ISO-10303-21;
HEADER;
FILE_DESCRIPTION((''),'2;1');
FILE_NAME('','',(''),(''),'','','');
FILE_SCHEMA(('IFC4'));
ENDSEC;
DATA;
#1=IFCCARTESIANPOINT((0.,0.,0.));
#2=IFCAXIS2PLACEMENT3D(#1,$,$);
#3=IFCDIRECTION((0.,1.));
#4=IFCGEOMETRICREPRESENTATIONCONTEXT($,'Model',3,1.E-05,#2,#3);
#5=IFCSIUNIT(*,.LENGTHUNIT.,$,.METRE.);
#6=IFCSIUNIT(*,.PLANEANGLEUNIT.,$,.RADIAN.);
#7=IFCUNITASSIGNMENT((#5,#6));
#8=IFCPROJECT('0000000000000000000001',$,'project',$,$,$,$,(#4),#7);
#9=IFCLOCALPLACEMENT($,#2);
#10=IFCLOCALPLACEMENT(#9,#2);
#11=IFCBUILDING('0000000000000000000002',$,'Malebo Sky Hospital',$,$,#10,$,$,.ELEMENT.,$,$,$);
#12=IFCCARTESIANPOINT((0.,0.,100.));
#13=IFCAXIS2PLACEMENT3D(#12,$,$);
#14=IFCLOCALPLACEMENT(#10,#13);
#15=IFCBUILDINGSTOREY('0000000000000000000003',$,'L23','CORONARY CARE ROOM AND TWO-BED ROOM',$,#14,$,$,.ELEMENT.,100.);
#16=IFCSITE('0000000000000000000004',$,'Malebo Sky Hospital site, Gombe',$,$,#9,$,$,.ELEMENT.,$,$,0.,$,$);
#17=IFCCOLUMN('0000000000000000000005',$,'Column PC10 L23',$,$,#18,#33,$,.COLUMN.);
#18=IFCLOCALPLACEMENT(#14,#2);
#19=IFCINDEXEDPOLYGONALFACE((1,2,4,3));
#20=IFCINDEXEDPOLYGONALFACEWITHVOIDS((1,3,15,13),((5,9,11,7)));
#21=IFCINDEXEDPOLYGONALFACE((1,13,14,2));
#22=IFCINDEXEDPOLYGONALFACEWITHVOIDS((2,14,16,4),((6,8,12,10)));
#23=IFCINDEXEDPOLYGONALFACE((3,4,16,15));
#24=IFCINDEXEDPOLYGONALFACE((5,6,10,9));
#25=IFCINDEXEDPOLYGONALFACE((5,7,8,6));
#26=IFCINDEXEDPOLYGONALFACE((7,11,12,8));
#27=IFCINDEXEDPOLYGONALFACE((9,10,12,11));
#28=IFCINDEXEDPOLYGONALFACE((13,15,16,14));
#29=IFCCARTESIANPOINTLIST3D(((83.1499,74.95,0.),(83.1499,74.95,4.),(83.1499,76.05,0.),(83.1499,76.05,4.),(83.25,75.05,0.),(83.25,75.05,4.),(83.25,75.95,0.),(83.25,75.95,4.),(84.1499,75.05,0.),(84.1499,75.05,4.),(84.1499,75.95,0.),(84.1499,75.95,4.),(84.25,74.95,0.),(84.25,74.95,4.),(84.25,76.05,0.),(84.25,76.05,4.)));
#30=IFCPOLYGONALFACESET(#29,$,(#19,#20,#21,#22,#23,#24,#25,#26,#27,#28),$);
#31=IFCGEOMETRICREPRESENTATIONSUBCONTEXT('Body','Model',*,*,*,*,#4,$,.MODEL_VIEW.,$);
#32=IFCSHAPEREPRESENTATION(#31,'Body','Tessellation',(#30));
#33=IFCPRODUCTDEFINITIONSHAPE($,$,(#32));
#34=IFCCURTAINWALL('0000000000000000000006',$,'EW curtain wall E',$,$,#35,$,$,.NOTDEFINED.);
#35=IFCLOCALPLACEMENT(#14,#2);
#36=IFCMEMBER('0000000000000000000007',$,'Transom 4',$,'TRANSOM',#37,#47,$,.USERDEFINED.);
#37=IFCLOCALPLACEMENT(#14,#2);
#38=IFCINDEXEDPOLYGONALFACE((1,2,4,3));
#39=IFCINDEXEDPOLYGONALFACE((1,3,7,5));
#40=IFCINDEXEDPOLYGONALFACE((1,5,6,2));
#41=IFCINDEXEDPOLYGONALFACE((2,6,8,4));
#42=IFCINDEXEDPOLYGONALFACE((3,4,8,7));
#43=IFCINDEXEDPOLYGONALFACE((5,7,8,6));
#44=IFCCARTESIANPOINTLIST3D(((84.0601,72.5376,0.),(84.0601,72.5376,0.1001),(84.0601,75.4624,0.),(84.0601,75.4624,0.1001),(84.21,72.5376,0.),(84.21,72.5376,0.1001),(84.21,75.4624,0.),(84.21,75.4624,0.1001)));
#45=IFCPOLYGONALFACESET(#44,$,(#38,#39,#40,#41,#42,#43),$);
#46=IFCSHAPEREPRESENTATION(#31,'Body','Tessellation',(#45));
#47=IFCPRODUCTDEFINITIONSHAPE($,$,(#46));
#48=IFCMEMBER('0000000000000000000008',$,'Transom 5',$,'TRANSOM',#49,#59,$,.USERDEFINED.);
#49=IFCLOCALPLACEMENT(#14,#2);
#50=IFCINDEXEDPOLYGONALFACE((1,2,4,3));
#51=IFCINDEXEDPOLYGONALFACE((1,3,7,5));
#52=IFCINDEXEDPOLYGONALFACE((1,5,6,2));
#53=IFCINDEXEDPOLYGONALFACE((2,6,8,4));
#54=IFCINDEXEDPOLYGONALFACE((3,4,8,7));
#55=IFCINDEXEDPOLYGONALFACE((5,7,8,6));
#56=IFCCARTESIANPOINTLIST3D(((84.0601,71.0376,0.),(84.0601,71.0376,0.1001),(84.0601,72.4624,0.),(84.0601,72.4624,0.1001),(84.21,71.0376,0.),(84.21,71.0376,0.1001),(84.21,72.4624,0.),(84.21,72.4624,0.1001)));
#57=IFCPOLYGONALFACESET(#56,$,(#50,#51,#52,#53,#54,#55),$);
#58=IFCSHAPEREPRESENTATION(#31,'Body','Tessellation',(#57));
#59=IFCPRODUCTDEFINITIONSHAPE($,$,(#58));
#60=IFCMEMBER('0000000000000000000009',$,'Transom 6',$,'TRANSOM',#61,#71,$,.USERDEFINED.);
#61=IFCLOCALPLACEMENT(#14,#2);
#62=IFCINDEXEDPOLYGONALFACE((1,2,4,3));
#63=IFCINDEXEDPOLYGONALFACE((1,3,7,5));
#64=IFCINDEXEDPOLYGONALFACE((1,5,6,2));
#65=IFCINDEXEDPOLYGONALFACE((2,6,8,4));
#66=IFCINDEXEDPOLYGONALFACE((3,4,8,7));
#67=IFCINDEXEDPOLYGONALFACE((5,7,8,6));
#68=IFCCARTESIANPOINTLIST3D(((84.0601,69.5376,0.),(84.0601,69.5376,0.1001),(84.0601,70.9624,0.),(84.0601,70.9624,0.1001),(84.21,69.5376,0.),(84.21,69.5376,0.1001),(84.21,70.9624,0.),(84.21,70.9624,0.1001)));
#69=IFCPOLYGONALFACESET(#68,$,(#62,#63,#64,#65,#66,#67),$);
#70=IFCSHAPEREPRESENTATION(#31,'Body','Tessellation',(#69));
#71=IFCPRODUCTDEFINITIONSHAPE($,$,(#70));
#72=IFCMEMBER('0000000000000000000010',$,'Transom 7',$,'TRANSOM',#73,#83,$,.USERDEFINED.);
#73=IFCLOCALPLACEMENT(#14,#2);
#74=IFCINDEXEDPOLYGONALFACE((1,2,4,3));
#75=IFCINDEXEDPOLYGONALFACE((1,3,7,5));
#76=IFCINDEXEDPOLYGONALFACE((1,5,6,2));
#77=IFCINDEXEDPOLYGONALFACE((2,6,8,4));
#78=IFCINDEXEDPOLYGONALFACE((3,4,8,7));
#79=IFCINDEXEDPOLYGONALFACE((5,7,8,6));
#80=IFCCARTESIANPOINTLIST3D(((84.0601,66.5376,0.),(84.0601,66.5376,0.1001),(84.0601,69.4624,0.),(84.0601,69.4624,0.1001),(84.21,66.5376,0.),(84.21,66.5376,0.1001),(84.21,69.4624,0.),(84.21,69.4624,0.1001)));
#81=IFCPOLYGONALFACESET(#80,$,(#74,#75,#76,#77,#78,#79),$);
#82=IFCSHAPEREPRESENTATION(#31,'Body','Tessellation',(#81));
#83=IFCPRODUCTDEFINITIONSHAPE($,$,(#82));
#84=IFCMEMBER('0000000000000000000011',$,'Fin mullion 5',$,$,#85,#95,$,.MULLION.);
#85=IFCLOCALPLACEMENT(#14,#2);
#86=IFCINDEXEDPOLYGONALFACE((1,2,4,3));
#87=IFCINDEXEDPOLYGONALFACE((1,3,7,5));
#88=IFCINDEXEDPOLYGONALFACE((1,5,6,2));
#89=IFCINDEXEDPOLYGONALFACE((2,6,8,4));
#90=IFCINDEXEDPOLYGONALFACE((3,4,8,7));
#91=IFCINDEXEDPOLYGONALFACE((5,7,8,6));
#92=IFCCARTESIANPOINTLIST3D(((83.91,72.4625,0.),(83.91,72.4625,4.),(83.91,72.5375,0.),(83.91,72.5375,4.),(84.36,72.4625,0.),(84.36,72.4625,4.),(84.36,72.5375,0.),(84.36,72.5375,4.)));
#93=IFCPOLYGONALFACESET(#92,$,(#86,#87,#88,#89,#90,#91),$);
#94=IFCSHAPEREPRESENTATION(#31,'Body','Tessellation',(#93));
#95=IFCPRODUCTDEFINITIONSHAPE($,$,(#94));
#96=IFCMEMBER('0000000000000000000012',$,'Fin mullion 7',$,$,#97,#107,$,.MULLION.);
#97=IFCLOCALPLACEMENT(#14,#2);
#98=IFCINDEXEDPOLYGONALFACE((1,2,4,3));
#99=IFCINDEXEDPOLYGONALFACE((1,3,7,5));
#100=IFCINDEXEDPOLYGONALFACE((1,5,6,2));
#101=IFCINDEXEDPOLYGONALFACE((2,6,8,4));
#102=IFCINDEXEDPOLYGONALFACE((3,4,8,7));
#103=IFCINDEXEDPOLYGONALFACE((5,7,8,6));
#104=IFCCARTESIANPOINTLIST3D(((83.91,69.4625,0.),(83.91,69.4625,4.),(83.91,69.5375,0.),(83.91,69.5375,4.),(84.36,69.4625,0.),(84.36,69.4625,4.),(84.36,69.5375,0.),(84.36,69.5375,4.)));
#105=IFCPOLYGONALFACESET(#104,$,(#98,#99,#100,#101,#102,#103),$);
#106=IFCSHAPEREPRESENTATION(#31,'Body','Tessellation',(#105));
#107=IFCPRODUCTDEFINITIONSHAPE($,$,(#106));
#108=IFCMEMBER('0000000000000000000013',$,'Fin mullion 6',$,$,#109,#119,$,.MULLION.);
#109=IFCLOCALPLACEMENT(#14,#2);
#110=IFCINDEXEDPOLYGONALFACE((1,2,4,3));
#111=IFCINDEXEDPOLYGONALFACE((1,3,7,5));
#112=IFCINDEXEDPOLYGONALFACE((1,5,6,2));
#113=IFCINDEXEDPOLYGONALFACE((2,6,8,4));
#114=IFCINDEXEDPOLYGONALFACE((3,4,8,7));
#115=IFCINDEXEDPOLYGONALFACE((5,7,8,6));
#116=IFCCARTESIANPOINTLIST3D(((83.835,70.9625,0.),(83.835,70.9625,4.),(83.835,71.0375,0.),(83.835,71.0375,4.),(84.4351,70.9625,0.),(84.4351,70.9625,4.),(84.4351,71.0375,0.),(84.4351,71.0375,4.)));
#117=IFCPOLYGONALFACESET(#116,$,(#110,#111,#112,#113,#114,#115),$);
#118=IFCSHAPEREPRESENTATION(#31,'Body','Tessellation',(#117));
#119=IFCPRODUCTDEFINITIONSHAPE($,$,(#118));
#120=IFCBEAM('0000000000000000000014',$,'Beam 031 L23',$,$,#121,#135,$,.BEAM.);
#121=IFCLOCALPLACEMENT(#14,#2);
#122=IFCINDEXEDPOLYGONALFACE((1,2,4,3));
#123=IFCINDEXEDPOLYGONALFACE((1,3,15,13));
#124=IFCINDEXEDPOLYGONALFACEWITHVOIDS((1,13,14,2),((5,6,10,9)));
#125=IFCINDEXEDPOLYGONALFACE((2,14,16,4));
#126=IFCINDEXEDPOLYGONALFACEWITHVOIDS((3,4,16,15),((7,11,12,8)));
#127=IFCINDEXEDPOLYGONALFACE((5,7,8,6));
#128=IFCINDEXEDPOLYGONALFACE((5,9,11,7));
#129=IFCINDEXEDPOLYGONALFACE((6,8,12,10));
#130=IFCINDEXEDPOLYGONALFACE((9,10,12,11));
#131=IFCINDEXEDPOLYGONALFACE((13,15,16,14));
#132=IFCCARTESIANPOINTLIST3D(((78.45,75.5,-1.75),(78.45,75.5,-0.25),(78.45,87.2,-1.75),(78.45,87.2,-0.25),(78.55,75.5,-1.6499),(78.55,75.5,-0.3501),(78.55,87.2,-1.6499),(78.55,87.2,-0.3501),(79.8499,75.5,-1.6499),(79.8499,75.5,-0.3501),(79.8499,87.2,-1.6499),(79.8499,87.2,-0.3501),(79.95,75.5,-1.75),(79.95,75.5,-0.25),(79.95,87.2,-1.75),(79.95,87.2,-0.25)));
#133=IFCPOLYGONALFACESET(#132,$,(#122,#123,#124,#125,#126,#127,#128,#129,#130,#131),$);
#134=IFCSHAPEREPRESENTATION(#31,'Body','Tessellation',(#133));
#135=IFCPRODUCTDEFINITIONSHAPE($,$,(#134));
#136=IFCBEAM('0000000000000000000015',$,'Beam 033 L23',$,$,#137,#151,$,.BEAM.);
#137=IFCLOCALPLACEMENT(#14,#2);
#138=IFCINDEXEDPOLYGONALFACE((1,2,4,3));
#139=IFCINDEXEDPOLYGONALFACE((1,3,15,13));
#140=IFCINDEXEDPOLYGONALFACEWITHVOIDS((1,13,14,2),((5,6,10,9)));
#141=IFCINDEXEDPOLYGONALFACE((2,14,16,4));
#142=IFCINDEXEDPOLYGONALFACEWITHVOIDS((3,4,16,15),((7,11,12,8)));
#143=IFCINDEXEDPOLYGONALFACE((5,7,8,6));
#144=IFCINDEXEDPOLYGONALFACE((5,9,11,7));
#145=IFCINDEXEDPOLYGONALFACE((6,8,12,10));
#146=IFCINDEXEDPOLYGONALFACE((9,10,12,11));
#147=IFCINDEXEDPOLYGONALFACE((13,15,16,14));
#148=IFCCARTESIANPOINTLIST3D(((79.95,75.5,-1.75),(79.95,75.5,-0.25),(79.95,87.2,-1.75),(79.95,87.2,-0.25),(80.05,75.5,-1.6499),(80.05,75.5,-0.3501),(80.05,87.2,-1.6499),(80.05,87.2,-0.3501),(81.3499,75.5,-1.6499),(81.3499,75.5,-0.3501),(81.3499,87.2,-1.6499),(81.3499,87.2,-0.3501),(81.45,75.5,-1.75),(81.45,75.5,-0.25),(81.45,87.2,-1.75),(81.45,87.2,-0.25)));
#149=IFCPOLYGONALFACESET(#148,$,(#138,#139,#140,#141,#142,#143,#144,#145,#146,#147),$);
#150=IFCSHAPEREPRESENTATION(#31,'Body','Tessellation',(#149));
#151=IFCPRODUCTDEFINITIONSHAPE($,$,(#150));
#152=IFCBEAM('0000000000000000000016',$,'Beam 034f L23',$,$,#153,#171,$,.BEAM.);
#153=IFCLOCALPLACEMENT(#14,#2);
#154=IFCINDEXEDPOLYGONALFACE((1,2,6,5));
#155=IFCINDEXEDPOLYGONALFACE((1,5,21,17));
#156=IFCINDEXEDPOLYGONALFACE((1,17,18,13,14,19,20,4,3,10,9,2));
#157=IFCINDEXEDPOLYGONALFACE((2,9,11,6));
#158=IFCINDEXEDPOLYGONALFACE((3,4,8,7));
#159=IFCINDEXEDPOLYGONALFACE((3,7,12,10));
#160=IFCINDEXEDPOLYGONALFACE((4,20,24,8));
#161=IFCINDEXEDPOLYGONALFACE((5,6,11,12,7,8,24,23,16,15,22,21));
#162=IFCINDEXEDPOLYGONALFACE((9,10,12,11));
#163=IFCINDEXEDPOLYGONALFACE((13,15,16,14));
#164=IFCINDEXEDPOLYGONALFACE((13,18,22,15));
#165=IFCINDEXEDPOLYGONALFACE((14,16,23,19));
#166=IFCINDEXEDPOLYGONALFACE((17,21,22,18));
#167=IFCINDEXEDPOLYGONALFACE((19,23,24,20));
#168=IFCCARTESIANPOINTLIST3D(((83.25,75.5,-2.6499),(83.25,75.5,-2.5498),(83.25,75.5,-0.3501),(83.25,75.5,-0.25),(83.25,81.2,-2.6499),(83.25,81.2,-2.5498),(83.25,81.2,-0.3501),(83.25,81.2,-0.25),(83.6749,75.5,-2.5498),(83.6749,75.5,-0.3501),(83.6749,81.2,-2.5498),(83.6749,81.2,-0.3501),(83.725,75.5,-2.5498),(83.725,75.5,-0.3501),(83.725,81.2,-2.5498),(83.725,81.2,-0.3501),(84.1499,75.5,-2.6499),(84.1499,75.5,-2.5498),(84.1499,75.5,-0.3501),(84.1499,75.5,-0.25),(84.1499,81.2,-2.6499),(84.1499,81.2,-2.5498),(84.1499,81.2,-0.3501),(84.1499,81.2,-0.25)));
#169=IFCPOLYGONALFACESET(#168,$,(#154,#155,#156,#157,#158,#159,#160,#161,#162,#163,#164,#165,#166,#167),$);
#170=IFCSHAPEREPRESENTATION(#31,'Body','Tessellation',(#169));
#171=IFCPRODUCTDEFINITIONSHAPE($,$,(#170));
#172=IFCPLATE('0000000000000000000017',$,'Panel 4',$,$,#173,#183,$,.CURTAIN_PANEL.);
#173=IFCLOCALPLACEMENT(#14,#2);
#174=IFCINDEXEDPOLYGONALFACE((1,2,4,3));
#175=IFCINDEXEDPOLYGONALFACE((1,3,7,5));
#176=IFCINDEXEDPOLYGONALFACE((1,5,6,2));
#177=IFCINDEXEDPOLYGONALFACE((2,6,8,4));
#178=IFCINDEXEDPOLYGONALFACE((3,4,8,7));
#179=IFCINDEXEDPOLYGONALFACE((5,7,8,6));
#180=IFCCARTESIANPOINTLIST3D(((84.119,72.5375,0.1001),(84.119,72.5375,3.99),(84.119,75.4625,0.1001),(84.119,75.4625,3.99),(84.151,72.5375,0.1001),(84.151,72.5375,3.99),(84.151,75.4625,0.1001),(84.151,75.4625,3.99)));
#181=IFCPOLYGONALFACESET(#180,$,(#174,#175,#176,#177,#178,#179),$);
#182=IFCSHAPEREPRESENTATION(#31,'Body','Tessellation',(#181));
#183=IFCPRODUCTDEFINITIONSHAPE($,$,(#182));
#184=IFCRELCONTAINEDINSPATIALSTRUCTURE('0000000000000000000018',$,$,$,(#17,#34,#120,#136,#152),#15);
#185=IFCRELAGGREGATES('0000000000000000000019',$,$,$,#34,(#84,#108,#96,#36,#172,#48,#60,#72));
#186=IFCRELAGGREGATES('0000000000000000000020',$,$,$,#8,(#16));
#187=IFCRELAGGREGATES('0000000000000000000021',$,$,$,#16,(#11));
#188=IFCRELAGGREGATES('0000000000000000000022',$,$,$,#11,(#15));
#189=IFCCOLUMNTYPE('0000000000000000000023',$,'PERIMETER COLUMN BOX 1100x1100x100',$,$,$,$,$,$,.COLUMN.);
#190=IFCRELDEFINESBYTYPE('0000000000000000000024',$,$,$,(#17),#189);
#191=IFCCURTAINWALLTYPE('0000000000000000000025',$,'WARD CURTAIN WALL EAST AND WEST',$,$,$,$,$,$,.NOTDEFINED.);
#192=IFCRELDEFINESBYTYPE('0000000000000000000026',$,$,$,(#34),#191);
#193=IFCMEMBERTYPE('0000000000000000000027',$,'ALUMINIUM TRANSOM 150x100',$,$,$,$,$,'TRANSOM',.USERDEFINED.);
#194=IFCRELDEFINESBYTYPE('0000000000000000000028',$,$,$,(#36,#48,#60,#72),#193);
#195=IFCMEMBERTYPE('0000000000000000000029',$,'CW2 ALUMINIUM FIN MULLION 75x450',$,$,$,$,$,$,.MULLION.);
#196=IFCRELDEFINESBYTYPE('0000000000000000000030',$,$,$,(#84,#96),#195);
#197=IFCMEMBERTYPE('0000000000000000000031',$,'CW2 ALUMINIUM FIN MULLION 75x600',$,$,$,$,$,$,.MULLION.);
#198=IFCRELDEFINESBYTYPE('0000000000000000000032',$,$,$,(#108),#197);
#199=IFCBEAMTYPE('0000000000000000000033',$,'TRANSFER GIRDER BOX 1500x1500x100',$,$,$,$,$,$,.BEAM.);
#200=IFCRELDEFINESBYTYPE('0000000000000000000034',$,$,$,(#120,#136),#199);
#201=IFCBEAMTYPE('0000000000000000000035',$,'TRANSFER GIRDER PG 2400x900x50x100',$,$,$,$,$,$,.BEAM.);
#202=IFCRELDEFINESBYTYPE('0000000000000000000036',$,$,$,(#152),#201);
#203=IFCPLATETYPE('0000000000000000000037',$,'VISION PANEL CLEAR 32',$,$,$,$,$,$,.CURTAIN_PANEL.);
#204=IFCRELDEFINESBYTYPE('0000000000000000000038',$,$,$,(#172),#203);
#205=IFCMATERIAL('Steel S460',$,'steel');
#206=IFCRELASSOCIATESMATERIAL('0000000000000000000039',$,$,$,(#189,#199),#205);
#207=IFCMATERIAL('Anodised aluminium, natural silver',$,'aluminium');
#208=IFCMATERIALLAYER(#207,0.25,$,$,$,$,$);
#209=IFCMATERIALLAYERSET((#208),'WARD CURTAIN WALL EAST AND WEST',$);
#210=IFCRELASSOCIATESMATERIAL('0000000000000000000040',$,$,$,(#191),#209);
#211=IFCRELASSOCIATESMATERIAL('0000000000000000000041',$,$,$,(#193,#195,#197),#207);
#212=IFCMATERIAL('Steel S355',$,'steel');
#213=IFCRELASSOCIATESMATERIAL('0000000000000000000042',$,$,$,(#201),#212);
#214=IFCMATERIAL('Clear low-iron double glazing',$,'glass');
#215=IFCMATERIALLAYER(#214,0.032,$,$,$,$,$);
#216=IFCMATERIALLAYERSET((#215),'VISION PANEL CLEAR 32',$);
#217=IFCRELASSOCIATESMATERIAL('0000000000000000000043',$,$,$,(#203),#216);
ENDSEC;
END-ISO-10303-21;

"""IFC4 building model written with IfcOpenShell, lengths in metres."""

from ifc_helpers import new_model, si_unit, direction, frame, origin, origin_2d, place, context, subcontext, project, spatial, rectangle, hollow_rectangle, i_section, extrude, material, layer, layer_set, material_profile, profile_set, type_object, element, aggregate, save


model = new_model("IFC4")

# Units and contexts
model_context = context("Model", 3, precision=1e-05, world=origin(), true_north=direction((0.0, 1.0)))
body_context = subcontext(model_context, "Body", "Model", "MODEL_VIEW")
ifc_project = project(units=[si_unit("LENGTHUNIT", "METRE"), si_unit("PLANEANGLEUNIT", "RADIAN")], contexts=[model_context])

# Site, building, storey
site_placement = place(None, origin())
site = spatial("IfcSite", under=ifc_project, at=site_placement, Name="Malebo Sky Hospital site, Gombe", CompositionType="ELEMENT", RefElevation=0.0)
building_placement = place(site_placement, origin())
building = spatial("IfcBuilding", under=site, at=building_placement, Name="Malebo Sky Hospital", CompositionType="ELEMENT")
storey_placement = place(building_placement, frame((0.0, 0.0, 100.0)))
storey = spatial("IfcBuildingStorey", under=building, at=storey_placement, Name="L23", Description="CORONARY CARE ROOM AND TWO-BED ROOM", CompositionType="ELEMENT", Elevation=100.0)

# Column
ifc_material_1 = material(Name="Steel S460", Category="steel")
ifc_material_profile_1 = material_profile(ifc_material_1, hollow_rectangle(XDim=1.1001, YDim=1.1001, WallThickness=0.1001, at=origin_2d()), Name="BOX 1100x1100x100")
ifc_profile_set_1 = profile_set([ifc_material_profile_1], Name="Steel S460")
column_type = type_object("IfcColumnType", Name="PERIMETER COLUMN BOX 1100x1100x100", PredefinedType="COLUMN", material=ifc_profile_set_1)
column_placement = place(storey_placement, frame((83.7, 75.5, 0.0), z_axis=(0.0, 0.0, 1.0), x_axis=(1.0, 0.0, 0.0)))
element("IfcColumn", 1, at=column_placement, inside=storey, type_object=column_type, Name="Column PC10 L23", PredefinedType="COLUMN", context=body_context, shape_type="SweptSolid", body=[
    extrude(hollow_rectangle(XDim=1.1001, YDim=1.1001, WallThickness=0.1001, at=origin_2d()), origin(), (0.0, 0.0, 1.0), 4.0),
])

# Curtain wall, members
ifc_material_2 = material(Name="Anodised aluminium, natural silver", Category="aluminium")
ifc_layer_1 = layer(ifc_material_2, 0.25)
ifc_layer_set_1 = layer_set([ifc_layer_1], Name="WARD CURTAIN WALL EAST AND WEST")
curtain_wall_type = type_object("IfcCurtainWallType", Name="WARD CURTAIN WALL EAST AND WEST", PredefinedType="NOTDEFINED", material=ifc_layer_set_1)
curtain_wall_placement = place(storey_placement, origin())
curtain_wall = element("IfcCurtainWall", 2, at=curtain_wall_placement, inside=storey, type_object=curtain_wall_type, Name="EW curtain wall E", PredefinedType="NOTDEFINED")
ifc_material_profile_2 = material_profile(ifc_material_2, rectangle(XDim=0.1499, YDim=0.1001, at=origin_2d()), Name="ALUMINIUM TRANSOM 150x100")
ifc_profile_set_2 = profile_set([ifc_material_profile_2], Name="Anodised aluminium, natural silver")
member_type_1 = type_object("IfcMemberType", Name="ALUMINIUM TRANSOM 150x100", ElementType="TRANSOM", PredefinedType="USERDEFINED", material=ifc_profile_set_2)
member_1_placement = place(storey_placement, frame((84.135, 75.4624, 0.05), z_axis=(0.0, -1.0, 0.0), x_axis=(1.0, 0.0, 0.0)))
member_1 = element("IfcMember", 3, at=member_1_placement, type_object=member_type_1, Name="Transom 4", ObjectType="TRANSOM", PredefinedType="USERDEFINED", context=body_context, shape_type="SweptSolid", body=[
    extrude(rectangle(XDim=0.1499, YDim=0.1001, at=origin_2d()), origin(), (0.0, 0.0, 1.0), 2.9248),
])
member_2_placement = place(storey_placement, frame((84.135, 72.4624, 0.05), z_axis=(0.0, -1.0, 0.0), x_axis=(1.0, 0.0, 0.0)))
member_2 = element("IfcMember", 4, at=member_2_placement, type_object=member_type_1, Name="Transom 5", ObjectType="TRANSOM", PredefinedType="USERDEFINED", context=body_context, shape_type="SweptSolid", body=[
    extrude(rectangle(XDim=0.1499, YDim=0.1001, at=origin_2d()), origin(), (0.0, 0.0, 1.0), 1.4248),
])
member_3_placement = place(storey_placement, frame((84.135, 70.9624, 0.05), z_axis=(0.0, -1.0, 0.0), x_axis=(1.0, 0.0, 0.0)))
member_3 = element("IfcMember", 5, at=member_3_placement, type_object=member_type_1, Name="Transom 6", ObjectType="TRANSOM", PredefinedType="USERDEFINED", context=body_context, shape_type="SweptSolid", body=[
    extrude(rectangle(XDim=0.1499, YDim=0.1001, at=origin_2d()), origin(), (0.0, 0.0, 1.0), 1.4248),
])
member_4_placement = place(storey_placement, frame((84.135, 69.4624, 0.05), z_axis=(0.0, -1.0, 0.0), x_axis=(1.0, 0.0, 0.0)))
member_4 = element("IfcMember", 6, at=member_4_placement, type_object=member_type_1, Name="Transom 7", ObjectType="TRANSOM", PredefinedType="USERDEFINED", context=body_context, shape_type="SweptSolid", body=[
    extrude(rectangle(XDim=0.1499, YDim=0.1001, at=origin_2d()), origin(), (0.0, 0.0, 1.0), 2.9248),
])
ifc_material_profile_3 = material_profile(ifc_material_2, rectangle(XDim=0.075, YDim=0.45, at=origin_2d()), Name="CW2 ALUMINIUM FIN MULLION 75x450")
ifc_profile_set_3 = profile_set([ifc_material_profile_3], Name="Anodised aluminium, natural silver")
member_type_2 = type_object("IfcMemberType", Name="CW2 ALUMINIUM FIN MULLION 75x450", PredefinedType="MULLION", material=ifc_profile_set_3)
member_5_placement = place(storey_placement, frame((84.135, 72.5, 0.0), z_axis=(0.0, 0.0, 1.0), x_axis=(0.0, -1.0, 0.0)))
member_5 = element("IfcMember", 7, at=member_5_placement, type_object=member_type_2, Name="Fin mullion 5", PredefinedType="MULLION", context=body_context, shape_type="SweptSolid", body=[
    extrude(rectangle(XDim=0.075, YDim=0.45, at=origin_2d()), origin(), (0.0, 0.0, 1.0), 4.0),
])
member_6_placement = place(storey_placement, frame((84.135, 69.5, 0.0), z_axis=(0.0, 0.0, 1.0), x_axis=(0.0, -1.0, 0.0)))
member_6 = element("IfcMember", 8, at=member_6_placement, type_object=member_type_2, Name="Fin mullion 7", PredefinedType="MULLION", context=body_context, shape_type="SweptSolid", body=[
    extrude(rectangle(XDim=0.075, YDim=0.45, at=origin_2d()), origin(), (0.0, 0.0, 1.0), 4.0),
])
ifc_material_profile_4 = material_profile(ifc_material_2, rectangle(XDim=0.075, YDim=0.6001, at=origin_2d()), Name="CW2 ALUMINIUM FIN MULLION 75x600")
ifc_profile_set_4 = profile_set([ifc_material_profile_4], Name="Anodised aluminium, natural silver")
member_type_3 = type_object("IfcMemberType", Name="CW2 ALUMINIUM FIN MULLION 75x600", PredefinedType="MULLION", material=ifc_profile_set_4)
member_7_placement = place(storey_placement, frame((84.135, 71.0, 0.0), z_axis=(0.0, 0.0, 1.0), x_axis=(0.0, -1.0, 0.0)))
member_7 = element("IfcMember", 9, at=member_7_placement, type_object=member_type_3, Name="Fin mullion 6", PredefinedType="MULLION", context=body_context, shape_type="SweptSolid", body=[
    extrude(rectangle(XDim=0.075, YDim=0.6001, at=origin_2d()), origin(), (0.0, 0.0, 1.0), 4.0),
])

# Beams
ifc_material_profile_5 = material_profile(ifc_material_1, hollow_rectangle(XDim=1.5, YDim=1.5, WallThickness=0.1001, at=origin_2d()), Name="BOX 1500x1500x100")
ifc_profile_set_5 = profile_set([ifc_material_profile_5], Name="Steel S460")
beam_type_1 = type_object("IfcBeamType", Name="TRANSFER GIRDER BOX 1500x1500x100", PredefinedType="BEAM", material=ifc_profile_set_5)
for number, where, z_axis, x_axis, name in (
    (10, (79.2, 75.5, -1.0), (0.0, 1.0, 0.0), (-1.0, 0.0, 0.0), "Beam 031 L23"),
    (11, (80.7, 75.5, -1.0), (0.0, 1.0, 0.0), (-1.0, 0.0, 0.0), "Beam 033 L23"),
):
    element("IfcBeam", number, at=place(storey_placement, frame(where, z_axis=z_axis, x_axis=x_axis)), inside=storey, type_object=beam_type_1, Name=name, PredefinedType="BEAM", context=body_context, shape_type="SweptSolid", body=[
        extrude(hollow_rectangle(XDim=1.5, YDim=1.5, WallThickness=0.1001, at=origin_2d()), origin(), (0.0, 0.0, 1.0), 11.7),
    ])
ifc_material_3 = material(Name="Steel S355", Category="steel")
ifc_material_profile_6 = material_profile(ifc_material_3, i_section(OverallWidth=0.8999, OverallDepth=2.3999, WebThickness=0.05, FlangeThickness=0.1001, at=origin_2d()), Name="PG 2400x900x50x100")
ifc_profile_set_6 = profile_set([ifc_material_profile_6], Name="Steel S355")
beam_type_2 = type_object("IfcBeamType", Name="TRANSFER GIRDER PG 2400x900x50x100", PredefinedType="BEAM", material=ifc_profile_set_6)
beam_placement = place(storey_placement, frame((83.7, 75.5, -1.45), z_axis=(0.0, 1.0, 0.0), x_axis=(-1.0, 0.0, 0.0)))
element("IfcBeam", 12, at=beam_placement, inside=storey, type_object=beam_type_2, Name="Beam 034f L23", PredefinedType="BEAM", context=body_context, shape_type="SweptSolid", body=[
    extrude(i_section(OverallWidth=0.8999, OverallDepth=2.3999, WebThickness=0.05, FlangeThickness=0.1001, at=origin_2d()), origin(), (0.0, 0.0, 1.0), 5.7),
])

# Plate
ifc_material_4 = material(Name="Clear low-iron double glazing", Category="glass")
ifc_layer_2 = layer(ifc_material_4, 0.032)
ifc_layer_set_2 = layer_set([ifc_layer_2], Name="VISION PANEL CLEAR 32")
plate_type = type_object("IfcPlateType", Name="VISION PANEL CLEAR 32", PredefinedType="CURTAIN_PANEL", material=ifc_layer_set_2)
plate_1_placement = place(storey_placement, frame((84.135, 74.0, 0.1001), z_axis=(0.0, 0.0, 1.0), x_axis=(0.0, -1.0, 0.0)))
plate_1 = element("IfcPlate", 13, at=plate_1_placement, type_object=plate_type, Name="Panel 4", PredefinedType="CURTAIN_PANEL", context=body_context, shape_type="SweptSolid", body=[
    extrude(rectangle(XDim=2.925, YDim=0.032, at=origin_2d()), origin(), (0.0, 0.0, 1.0), 3.8899),
])
aggregate(curtain_wall, [member_5, member_7, member_6, member_1, plate_1, member_2, member_3, member_4])

save(model, "model.ifc")
